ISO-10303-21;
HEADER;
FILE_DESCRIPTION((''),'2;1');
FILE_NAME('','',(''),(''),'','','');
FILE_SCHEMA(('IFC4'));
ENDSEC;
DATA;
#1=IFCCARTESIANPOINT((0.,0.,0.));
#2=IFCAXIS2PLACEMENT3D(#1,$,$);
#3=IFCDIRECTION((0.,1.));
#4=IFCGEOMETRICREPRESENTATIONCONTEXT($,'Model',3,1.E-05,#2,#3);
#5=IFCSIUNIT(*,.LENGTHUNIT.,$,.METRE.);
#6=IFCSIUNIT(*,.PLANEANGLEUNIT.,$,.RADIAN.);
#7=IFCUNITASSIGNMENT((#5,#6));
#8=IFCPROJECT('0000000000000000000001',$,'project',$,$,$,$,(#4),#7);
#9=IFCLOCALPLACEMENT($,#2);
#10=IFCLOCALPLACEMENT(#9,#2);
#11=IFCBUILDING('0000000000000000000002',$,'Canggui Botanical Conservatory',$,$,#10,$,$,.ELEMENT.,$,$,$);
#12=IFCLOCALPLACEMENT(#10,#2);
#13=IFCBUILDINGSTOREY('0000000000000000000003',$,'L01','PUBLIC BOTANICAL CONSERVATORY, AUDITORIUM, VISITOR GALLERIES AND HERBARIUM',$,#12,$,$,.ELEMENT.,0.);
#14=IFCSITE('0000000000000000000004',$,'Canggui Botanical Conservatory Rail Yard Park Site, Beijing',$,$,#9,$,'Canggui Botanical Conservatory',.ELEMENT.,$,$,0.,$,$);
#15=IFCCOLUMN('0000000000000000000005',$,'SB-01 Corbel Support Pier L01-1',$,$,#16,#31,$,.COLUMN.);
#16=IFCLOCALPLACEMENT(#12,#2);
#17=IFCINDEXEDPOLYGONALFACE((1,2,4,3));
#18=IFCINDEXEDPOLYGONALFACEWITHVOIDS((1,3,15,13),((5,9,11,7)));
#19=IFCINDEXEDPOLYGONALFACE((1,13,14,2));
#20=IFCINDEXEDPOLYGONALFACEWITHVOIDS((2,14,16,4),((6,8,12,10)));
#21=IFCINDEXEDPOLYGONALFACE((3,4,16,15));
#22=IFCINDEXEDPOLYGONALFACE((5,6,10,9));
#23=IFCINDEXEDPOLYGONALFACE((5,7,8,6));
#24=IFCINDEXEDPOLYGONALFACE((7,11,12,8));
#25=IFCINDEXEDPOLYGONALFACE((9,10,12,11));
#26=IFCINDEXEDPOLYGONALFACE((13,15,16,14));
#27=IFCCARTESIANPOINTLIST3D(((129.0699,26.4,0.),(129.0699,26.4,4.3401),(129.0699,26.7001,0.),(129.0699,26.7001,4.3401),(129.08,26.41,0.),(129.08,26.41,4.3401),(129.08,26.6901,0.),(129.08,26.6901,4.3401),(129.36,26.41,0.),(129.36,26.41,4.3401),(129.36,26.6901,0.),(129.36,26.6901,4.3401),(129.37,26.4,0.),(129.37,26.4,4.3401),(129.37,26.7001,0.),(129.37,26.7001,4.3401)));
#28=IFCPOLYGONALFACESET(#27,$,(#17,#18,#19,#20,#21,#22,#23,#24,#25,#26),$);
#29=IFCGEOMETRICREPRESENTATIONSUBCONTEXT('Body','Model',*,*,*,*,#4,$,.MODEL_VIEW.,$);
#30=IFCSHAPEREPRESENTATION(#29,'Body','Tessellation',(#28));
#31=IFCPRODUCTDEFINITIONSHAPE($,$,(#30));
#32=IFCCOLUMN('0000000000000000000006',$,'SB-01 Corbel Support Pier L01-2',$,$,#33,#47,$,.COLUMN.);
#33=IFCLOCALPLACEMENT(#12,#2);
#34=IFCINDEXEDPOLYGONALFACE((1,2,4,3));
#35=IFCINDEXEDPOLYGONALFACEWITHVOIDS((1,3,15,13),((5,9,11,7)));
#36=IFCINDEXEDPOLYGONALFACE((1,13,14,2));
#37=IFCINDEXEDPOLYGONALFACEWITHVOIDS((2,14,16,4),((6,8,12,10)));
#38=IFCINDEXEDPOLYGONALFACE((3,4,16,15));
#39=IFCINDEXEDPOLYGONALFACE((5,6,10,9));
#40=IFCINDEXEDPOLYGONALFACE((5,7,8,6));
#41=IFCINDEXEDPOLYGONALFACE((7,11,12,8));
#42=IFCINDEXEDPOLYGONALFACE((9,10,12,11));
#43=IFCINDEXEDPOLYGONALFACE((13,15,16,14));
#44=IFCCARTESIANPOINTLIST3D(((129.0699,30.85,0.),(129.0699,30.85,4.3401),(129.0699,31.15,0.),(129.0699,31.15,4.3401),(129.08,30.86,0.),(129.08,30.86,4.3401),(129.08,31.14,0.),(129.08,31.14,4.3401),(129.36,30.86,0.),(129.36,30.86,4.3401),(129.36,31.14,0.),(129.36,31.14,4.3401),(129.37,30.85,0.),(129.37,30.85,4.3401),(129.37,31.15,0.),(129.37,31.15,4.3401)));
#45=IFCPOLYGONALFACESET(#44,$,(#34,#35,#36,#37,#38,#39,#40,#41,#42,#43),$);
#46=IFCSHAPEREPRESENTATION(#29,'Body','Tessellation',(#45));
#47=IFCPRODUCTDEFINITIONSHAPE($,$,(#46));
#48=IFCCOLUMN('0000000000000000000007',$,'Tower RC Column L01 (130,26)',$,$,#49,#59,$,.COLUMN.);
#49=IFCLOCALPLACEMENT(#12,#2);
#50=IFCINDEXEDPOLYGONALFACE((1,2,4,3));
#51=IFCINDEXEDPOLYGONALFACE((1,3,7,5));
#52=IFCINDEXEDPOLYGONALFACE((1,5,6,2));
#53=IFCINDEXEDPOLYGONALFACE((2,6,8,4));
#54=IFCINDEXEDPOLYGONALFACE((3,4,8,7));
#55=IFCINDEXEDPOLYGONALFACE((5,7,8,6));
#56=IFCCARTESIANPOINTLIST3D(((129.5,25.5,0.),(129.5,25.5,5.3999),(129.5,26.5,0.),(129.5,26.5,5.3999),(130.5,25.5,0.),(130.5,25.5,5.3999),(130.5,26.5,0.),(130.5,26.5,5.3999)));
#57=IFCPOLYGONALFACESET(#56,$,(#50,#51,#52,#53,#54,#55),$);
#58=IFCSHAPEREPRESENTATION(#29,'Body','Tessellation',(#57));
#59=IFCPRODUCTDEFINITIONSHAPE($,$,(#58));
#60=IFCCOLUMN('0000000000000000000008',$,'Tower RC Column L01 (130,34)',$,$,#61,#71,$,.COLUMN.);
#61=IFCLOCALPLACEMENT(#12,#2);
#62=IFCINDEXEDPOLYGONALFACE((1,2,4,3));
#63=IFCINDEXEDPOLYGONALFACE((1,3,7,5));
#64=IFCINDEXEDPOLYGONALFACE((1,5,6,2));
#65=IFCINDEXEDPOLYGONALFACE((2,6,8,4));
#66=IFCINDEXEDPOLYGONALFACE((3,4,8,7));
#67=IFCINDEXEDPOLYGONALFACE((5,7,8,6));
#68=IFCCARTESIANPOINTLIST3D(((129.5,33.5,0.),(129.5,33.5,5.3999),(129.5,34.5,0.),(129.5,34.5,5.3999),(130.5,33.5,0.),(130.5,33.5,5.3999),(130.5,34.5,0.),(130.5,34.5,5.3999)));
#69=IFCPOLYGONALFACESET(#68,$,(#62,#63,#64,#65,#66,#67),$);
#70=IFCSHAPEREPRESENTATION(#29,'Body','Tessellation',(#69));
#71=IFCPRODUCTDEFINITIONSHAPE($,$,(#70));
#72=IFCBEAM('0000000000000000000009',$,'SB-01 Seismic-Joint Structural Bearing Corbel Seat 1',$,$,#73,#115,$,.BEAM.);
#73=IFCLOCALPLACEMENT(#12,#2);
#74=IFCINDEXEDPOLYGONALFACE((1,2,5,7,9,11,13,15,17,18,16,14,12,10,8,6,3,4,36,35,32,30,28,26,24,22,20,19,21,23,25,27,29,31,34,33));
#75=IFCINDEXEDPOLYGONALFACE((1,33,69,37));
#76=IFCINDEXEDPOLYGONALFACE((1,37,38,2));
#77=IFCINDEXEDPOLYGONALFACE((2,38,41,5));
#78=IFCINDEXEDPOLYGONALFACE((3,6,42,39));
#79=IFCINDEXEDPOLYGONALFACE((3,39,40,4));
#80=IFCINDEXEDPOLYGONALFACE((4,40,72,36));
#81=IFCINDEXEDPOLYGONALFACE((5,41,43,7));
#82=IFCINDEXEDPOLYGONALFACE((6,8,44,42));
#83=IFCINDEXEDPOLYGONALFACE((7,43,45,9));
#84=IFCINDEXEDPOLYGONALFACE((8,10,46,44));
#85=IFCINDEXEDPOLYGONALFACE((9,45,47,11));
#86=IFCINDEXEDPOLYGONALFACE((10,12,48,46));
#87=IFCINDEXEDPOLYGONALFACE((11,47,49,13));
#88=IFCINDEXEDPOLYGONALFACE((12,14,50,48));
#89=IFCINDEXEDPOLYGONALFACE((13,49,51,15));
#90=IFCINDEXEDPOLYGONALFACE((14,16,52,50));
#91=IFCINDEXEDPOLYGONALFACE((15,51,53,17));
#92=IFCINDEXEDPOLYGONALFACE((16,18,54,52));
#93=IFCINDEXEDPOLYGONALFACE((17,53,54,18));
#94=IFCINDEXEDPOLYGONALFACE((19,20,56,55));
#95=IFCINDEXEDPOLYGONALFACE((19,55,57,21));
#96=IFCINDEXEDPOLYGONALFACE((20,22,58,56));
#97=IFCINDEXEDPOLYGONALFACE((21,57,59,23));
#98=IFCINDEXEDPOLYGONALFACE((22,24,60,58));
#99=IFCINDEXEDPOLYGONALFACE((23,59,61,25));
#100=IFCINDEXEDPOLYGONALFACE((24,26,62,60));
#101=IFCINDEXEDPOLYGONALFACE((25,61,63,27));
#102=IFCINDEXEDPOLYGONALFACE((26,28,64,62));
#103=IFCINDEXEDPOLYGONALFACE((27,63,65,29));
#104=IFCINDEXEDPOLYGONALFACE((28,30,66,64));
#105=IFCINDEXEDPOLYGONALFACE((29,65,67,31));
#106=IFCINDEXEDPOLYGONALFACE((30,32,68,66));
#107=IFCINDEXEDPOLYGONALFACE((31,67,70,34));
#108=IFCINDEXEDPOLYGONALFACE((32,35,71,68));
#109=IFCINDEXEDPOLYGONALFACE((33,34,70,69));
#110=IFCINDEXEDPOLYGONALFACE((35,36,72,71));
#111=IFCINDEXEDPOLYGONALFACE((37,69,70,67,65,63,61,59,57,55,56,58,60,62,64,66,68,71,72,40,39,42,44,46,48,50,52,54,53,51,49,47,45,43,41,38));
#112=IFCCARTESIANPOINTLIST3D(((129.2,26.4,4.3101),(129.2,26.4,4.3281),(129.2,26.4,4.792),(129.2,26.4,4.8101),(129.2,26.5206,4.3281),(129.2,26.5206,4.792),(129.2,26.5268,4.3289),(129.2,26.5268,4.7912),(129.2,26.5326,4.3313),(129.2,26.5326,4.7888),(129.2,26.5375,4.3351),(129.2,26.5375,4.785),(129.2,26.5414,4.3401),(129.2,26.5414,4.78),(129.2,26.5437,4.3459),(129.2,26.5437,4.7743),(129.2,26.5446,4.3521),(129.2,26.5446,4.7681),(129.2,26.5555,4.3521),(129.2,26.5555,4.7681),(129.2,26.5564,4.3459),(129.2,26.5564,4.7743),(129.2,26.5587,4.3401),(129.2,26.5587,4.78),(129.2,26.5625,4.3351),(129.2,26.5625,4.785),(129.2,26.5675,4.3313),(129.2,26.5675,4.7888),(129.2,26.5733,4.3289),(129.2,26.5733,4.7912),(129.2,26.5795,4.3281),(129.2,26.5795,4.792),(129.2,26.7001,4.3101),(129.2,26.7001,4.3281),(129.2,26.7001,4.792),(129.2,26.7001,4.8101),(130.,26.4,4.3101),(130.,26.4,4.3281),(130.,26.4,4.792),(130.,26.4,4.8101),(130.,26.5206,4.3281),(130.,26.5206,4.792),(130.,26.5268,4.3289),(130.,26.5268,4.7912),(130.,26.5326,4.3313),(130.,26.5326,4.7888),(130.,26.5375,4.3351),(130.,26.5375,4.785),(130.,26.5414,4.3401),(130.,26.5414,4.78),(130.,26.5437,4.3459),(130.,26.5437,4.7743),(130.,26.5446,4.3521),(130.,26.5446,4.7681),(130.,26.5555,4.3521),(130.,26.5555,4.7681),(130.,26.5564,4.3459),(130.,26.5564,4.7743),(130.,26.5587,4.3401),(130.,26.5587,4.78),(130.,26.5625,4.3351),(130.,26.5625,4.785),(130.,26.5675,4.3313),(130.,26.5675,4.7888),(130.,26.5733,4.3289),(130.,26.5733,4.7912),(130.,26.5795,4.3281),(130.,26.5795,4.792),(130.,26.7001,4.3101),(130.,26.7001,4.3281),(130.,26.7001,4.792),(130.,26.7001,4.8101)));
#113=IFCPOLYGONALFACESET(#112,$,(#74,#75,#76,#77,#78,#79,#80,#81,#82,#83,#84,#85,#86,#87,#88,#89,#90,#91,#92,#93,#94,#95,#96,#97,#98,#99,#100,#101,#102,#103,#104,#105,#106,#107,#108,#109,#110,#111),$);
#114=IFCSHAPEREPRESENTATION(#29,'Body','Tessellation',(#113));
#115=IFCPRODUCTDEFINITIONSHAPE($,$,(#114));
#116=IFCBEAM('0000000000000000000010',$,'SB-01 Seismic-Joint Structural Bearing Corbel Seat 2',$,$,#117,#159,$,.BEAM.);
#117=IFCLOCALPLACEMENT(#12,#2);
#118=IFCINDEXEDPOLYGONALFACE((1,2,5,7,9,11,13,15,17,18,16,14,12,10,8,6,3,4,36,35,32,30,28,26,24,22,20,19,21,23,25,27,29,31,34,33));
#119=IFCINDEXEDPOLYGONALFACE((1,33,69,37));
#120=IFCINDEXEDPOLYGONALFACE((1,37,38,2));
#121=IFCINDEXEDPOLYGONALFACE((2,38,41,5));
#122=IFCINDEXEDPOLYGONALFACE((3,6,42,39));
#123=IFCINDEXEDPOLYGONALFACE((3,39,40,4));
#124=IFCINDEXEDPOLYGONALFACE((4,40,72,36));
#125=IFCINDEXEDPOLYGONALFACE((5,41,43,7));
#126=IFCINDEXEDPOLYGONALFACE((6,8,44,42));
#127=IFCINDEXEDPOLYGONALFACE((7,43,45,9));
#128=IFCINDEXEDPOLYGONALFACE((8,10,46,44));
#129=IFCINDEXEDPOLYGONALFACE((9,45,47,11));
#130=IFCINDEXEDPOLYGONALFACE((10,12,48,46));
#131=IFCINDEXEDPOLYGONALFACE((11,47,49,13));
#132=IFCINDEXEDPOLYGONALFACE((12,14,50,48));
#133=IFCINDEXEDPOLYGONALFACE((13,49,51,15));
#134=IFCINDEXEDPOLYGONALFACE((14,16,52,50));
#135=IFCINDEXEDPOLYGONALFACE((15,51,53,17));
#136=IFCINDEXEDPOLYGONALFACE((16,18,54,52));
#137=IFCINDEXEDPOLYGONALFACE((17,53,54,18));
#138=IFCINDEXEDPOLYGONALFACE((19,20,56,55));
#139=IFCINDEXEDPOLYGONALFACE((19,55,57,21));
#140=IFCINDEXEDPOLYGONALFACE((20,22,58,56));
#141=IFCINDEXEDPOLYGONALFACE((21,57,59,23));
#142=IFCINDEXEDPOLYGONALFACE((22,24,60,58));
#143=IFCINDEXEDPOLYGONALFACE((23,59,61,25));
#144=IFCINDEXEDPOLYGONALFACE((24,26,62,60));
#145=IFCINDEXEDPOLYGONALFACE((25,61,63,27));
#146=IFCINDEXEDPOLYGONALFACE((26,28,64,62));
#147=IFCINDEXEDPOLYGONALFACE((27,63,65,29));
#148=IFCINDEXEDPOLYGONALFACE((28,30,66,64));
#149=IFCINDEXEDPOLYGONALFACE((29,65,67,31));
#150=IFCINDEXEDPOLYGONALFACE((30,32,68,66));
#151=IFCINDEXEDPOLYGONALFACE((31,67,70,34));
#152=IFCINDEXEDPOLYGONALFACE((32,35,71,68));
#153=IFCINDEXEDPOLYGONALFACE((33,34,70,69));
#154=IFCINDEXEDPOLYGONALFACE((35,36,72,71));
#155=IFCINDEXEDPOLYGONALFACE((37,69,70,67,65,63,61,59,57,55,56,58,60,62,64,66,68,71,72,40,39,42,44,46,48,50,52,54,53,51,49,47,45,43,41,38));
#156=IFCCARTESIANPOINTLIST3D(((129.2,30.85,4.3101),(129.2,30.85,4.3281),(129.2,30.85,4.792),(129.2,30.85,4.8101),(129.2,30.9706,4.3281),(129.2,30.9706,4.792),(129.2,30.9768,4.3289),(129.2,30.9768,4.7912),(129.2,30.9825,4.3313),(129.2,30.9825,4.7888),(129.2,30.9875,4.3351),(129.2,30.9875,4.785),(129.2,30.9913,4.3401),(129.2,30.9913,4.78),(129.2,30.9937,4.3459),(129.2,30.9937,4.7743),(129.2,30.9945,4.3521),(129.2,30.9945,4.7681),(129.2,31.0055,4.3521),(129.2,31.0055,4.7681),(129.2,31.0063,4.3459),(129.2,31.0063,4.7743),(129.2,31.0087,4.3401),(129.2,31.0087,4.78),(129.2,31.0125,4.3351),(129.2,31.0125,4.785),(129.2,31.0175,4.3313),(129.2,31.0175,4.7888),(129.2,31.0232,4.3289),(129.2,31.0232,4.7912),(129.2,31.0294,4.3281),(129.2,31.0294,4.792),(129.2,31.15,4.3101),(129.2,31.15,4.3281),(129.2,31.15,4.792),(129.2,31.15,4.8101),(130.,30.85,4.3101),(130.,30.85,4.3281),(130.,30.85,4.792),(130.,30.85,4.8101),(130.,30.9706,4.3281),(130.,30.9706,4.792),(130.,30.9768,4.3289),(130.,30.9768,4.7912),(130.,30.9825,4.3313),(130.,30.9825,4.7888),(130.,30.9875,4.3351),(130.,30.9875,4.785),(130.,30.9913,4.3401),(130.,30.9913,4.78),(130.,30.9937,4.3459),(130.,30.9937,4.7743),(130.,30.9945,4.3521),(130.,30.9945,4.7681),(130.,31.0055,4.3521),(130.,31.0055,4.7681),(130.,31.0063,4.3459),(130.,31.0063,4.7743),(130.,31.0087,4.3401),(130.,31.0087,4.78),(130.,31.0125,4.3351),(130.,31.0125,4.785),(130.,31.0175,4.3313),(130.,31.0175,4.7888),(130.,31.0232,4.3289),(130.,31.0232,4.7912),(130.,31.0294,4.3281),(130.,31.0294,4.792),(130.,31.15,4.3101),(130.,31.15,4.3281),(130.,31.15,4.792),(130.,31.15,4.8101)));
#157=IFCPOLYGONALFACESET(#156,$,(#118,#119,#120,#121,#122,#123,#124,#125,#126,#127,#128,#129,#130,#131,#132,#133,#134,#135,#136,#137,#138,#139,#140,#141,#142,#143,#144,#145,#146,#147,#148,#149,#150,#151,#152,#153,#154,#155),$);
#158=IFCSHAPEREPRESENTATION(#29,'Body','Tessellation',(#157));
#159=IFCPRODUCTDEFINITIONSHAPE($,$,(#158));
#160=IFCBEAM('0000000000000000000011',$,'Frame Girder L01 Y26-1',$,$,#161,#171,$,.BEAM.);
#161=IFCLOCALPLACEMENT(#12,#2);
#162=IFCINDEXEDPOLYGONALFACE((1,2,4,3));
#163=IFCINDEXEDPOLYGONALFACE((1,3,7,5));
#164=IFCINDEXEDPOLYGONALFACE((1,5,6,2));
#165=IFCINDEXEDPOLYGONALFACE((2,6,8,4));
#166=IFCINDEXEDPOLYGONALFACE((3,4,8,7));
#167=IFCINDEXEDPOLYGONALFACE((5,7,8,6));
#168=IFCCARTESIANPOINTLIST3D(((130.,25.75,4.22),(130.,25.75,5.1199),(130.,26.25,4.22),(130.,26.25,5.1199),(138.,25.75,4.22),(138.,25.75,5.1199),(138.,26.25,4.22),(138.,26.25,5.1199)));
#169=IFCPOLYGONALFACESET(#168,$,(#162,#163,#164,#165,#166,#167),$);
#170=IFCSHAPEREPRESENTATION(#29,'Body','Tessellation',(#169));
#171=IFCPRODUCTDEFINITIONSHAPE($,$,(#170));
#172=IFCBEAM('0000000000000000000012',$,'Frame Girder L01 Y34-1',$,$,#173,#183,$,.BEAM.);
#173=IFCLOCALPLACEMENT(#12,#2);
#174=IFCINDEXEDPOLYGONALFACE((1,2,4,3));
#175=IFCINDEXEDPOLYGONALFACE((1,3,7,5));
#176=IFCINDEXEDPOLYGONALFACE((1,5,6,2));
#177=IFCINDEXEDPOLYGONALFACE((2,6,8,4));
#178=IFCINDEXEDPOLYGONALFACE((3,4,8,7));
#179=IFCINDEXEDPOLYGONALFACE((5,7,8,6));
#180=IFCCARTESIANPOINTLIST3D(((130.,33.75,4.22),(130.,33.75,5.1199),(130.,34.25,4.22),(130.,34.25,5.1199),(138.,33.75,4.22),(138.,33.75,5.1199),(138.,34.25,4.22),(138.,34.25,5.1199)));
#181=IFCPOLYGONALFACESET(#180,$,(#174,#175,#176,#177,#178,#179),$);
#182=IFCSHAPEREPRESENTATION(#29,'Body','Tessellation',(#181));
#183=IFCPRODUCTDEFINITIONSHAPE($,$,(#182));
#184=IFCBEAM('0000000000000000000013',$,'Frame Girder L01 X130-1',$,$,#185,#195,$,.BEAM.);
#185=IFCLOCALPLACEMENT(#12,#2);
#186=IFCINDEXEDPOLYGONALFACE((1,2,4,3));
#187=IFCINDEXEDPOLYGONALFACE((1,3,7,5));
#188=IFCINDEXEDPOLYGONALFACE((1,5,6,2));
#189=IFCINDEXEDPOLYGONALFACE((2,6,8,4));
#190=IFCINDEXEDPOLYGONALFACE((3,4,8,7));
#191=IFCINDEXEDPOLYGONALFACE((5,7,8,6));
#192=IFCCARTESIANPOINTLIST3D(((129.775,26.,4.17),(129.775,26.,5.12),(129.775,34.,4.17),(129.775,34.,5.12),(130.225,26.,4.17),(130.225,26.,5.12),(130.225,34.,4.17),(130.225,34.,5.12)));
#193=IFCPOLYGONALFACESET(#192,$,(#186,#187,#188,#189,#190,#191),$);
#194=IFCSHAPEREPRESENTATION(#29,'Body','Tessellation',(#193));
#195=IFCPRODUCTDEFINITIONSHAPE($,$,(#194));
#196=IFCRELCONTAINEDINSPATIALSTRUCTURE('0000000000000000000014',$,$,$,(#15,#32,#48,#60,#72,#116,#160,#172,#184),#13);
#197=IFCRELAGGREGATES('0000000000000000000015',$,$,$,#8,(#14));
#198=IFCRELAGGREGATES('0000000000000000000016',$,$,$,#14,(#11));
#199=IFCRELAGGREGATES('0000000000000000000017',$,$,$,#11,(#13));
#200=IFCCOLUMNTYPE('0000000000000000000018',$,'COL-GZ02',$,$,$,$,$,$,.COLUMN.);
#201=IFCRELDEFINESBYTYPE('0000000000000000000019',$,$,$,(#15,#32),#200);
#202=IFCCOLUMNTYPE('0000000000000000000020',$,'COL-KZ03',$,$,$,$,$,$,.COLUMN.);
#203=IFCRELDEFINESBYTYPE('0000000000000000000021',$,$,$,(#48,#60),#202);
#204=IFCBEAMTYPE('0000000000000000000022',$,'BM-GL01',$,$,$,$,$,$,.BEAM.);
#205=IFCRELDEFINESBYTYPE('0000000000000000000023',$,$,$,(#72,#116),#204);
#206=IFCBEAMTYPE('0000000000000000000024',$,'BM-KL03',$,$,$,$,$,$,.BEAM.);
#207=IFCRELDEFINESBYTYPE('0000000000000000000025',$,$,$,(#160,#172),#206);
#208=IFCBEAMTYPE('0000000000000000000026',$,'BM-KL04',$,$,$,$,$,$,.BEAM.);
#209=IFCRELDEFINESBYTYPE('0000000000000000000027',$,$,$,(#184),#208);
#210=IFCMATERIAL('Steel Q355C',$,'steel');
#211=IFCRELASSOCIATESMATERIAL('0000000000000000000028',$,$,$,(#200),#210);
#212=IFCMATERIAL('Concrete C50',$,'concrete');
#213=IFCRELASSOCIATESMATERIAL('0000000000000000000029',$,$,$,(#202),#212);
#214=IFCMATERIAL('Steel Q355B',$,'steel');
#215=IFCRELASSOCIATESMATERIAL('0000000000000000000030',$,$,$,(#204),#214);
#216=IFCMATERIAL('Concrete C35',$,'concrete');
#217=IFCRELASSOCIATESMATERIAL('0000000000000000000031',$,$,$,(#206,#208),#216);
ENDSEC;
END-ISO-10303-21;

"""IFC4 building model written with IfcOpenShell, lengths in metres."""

from ifc_helpers import new_model, si_unit, direction, frame, origin, origin_2d, place, context, subcontext, project, spatial, rectangle, hollow_rectangle, i_section, extrude, material, material_profile, profile_set, type_object, element, save


model = new_model("IFC4")

# Units and contexts
model_context = context("Model", 3, precision=1e-05, world=origin(), true_north=direction((0.0, 1.0)))
body_context = subcontext(model_context, "Body", "Model", "MODEL_VIEW")
ifc_project = project(units=[si_unit("LENGTHUNIT", "METRE"), si_unit("PLANEANGLEUNIT", "RADIAN")], contexts=[model_context])

# Site, building, storey
site_placement = place(None, origin())
site = spatial("IfcSite", under=ifc_project, at=site_placement, Name="Canggui Botanical Conservatory Rail Yard Park Site, Beijing", LongName="Canggui Botanical Conservatory", CompositionType="ELEMENT", RefElevation=0.0)
building_placement = place(site_placement, origin())
building = spatial("IfcBuilding", under=site, at=building_placement, Name="Canggui Botanical Conservatory", CompositionType="ELEMENT")
storey_placement = place(building_placement, origin())
storey = spatial("IfcBuildingStorey", under=building, at=storey_placement, Name="L01", Description="PUBLIC BOTANICAL CONSERVATORY, AUDITORIUM, VISITOR GALLERIES AND HERBARIUM", CompositionType="ELEMENT", Elevation=0.0)

# Columns
ifc_material_1 = material(Name="Steel Q355C", Category="steel")
ifc_material_profile_1 = material_profile(ifc_material_1, hollow_rectangle(XDim=0.3, YDim=0.3, WallThickness=0.01, at=origin_2d()), Name="SHS 300x300x10")
ifc_profile_set_1 = profile_set([ifc_material_profile_1], Name="Steel Q355C")
column_type_1 = type_object("IfcColumnType", Name="COL-GZ02", PredefinedType="COLUMN", material=ifc_profile_set_1)
for number, where, z_axis, x_axis, name in (
    (1, (129.22, 26.55, 0.0), (0.0, 0.0, 1.0), (1.0, 0.0, 0.0), "SB-01 Corbel Support Pier L01-1"),
    (2, (129.22, 31.0, 0.0), (0.0, 0.0, 1.0), (1.0, 0.0, 0.0), "SB-01 Corbel Support Pier L01-2"),
):
    element("IfcColumn", number, at=place(storey_placement, frame(where, z_axis=z_axis, x_axis=x_axis)), inside=storey, type_object=column_type_1, Name=name, PredefinedType="COLUMN", context=body_context, shape_type="SweptSolid", body=[
        extrude(hollow_rectangle(XDim=0.3, YDim=0.3, WallThickness=0.01, at=origin_2d()), origin(), (0.0, 0.0, 1.0), 4.3401),
    ])
ifc_material_2 = material(Name="Concrete C50", Category="concrete")
ifc_material_profile_2 = material_profile(ifc_material_2, rectangle(XDim=1.0, YDim=1.0, at=origin_2d()), Name="RC 1000x1000")
ifc_profile_set_2 = profile_set([ifc_material_profile_2], Name="Concrete C50")
column_type_2 = type_object("IfcColumnType", Name="COL-KZ03", PredefinedType="COLUMN", material=ifc_profile_set_2)
for number, where, z_axis, x_axis, name in (
    (3, (130.0, 26.0, 0.0), (0.0, 0.0, 1.0), (1.0, 0.0, 0.0), "Tower RC Column L01 (130,26)"),
    (4, (130.0, 34.0, 0.0), (0.0, 0.0, 1.0), (1.0, 0.0, 0.0), "Tower RC Column L01 (130,34)"),
):
    element("IfcColumn", number, at=place(storey_placement, frame(where, z_axis=z_axis, x_axis=x_axis)), inside=storey, type_object=column_type_2, Name=name, PredefinedType="COLUMN", context=body_context, shape_type="SweptSolid", body=[
        extrude(rectangle(XDim=1.0, YDim=1.0, at=origin_2d()), origin(), (0.0, 0.0, 1.0), 5.3999),
    ])

# Beams
ifc_material_3 = material(Name="Steel Q355B", Category="steel")
ifc_material_profile_3 = material_profile(ifc_material_3, i_section(OverallWidth=0.3, OverallDepth=0.5, WebThickness=0.011, FlangeThickness=0.0181, FilletRadius=0.0239, at=origin_2d()), Name="HM 500x300x11x18")
ifc_profile_set_3 = profile_set([ifc_material_profile_3], Name="Steel Q355B")
beam_type_1 = type_object("IfcBeamType", Name="BM-GL01", PredefinedType="BEAM", material=ifc_profile_set_3)
for number, where, z_axis, x_axis, name in (
    (5, (130.0, 26.55, 4.5601), (-1.0, 0.0, 0.0), (0.0, -1.0, 0.0), "SB-01 Seismic-Joint Structural Bearing Corbel Seat 1"),
    (6, (130.0, 31.0, 4.5601), (-1.0, 0.0, 0.0), (0.0, -1.0, 0.0), "SB-01 Seismic-Joint Structural Bearing Corbel Seat 2"),
):
    element("IfcBeam", number, at=place(storey_placement, frame(where, z_axis=z_axis, x_axis=x_axis)), inside=storey, type_object=beam_type_1, Name=name, PredefinedType="BEAM", context=body_context, shape_type="SweptSolid", body=[
        extrude(i_section(OverallWidth=0.3, OverallDepth=0.5, WebThickness=0.011, FlangeThickness=0.0181, FilletRadius=0.0239, at=origin_2d()), origin(), (0.0, 0.0, 1.0), 0.8),
    ])
ifc_material_4 = material(Name="Concrete C35", Category="concrete")
ifc_material_profile_4 = material_profile(ifc_material_4, rectangle(XDim=0.5, YDim=0.8999, at=origin_2d()), Name="RB 500x900")
ifc_profile_set_4 = profile_set([ifc_material_profile_4], Name="Concrete C35")
beam_type_2 = type_object("IfcBeamType", Name="BM-KL03", PredefinedType="BEAM", material=ifc_profile_set_4)
for number, where, z_axis, x_axis, name in (
    (7, (130.0, 26.0, 4.6699), (1.0, 0.0, 0.0), (0.0, 1.0, 0.0), "Frame Girder L01 Y26-1"),
    (8, (130.0, 34.0, 4.6699), (1.0, 0.0, 0.0), (0.0, 1.0, 0.0), "Frame Girder L01 Y34-1"),
):
    element("IfcBeam", number, at=place(storey_placement, frame(where, z_axis=z_axis, x_axis=x_axis)), inside=storey, type_object=beam_type_2, Name=name, PredefinedType="BEAM", context=body_context, shape_type="SweptSolid", body=[
        extrude(rectangle(XDim=0.5, YDim=0.8999, at=origin_2d()), origin(), (0.0, 0.0, 1.0), 8.0),
    ])
ifc_material_profile_5 = material_profile(ifc_material_4, rectangle(XDim=0.45, YDim=0.95, at=origin_2d()), Name="RB 450x950")
ifc_profile_set_5 = profile_set([ifc_material_profile_5], Name="Concrete C35")
beam_type_3 = type_object("IfcBeamType", Name="BM-KL04", PredefinedType="BEAM", material=ifc_profile_set_5)
for number, where, z_axis, x_axis, name in (
    (9, (130.0, 26.0, 4.645), (0.0, 1.0, 0.0), (-1.0, 0.0, 0.0), "Frame Girder L01 X130-1"),
):
    element("IfcBeam", number, at=place(storey_placement, frame(where, z_axis=z_axis, x_axis=x_axis)), inside=storey, type_object=beam_type_3, Name=name, PredefinedType="BEAM", context=body_context, shape_type="SweptSolid", body=[
        extrude(rectangle(XDim=0.45, YDim=0.95, at=origin_2d()), origin(), (0.0, 0.0, 1.0), 8.0),
    ])

save(model, "model.ifc")
